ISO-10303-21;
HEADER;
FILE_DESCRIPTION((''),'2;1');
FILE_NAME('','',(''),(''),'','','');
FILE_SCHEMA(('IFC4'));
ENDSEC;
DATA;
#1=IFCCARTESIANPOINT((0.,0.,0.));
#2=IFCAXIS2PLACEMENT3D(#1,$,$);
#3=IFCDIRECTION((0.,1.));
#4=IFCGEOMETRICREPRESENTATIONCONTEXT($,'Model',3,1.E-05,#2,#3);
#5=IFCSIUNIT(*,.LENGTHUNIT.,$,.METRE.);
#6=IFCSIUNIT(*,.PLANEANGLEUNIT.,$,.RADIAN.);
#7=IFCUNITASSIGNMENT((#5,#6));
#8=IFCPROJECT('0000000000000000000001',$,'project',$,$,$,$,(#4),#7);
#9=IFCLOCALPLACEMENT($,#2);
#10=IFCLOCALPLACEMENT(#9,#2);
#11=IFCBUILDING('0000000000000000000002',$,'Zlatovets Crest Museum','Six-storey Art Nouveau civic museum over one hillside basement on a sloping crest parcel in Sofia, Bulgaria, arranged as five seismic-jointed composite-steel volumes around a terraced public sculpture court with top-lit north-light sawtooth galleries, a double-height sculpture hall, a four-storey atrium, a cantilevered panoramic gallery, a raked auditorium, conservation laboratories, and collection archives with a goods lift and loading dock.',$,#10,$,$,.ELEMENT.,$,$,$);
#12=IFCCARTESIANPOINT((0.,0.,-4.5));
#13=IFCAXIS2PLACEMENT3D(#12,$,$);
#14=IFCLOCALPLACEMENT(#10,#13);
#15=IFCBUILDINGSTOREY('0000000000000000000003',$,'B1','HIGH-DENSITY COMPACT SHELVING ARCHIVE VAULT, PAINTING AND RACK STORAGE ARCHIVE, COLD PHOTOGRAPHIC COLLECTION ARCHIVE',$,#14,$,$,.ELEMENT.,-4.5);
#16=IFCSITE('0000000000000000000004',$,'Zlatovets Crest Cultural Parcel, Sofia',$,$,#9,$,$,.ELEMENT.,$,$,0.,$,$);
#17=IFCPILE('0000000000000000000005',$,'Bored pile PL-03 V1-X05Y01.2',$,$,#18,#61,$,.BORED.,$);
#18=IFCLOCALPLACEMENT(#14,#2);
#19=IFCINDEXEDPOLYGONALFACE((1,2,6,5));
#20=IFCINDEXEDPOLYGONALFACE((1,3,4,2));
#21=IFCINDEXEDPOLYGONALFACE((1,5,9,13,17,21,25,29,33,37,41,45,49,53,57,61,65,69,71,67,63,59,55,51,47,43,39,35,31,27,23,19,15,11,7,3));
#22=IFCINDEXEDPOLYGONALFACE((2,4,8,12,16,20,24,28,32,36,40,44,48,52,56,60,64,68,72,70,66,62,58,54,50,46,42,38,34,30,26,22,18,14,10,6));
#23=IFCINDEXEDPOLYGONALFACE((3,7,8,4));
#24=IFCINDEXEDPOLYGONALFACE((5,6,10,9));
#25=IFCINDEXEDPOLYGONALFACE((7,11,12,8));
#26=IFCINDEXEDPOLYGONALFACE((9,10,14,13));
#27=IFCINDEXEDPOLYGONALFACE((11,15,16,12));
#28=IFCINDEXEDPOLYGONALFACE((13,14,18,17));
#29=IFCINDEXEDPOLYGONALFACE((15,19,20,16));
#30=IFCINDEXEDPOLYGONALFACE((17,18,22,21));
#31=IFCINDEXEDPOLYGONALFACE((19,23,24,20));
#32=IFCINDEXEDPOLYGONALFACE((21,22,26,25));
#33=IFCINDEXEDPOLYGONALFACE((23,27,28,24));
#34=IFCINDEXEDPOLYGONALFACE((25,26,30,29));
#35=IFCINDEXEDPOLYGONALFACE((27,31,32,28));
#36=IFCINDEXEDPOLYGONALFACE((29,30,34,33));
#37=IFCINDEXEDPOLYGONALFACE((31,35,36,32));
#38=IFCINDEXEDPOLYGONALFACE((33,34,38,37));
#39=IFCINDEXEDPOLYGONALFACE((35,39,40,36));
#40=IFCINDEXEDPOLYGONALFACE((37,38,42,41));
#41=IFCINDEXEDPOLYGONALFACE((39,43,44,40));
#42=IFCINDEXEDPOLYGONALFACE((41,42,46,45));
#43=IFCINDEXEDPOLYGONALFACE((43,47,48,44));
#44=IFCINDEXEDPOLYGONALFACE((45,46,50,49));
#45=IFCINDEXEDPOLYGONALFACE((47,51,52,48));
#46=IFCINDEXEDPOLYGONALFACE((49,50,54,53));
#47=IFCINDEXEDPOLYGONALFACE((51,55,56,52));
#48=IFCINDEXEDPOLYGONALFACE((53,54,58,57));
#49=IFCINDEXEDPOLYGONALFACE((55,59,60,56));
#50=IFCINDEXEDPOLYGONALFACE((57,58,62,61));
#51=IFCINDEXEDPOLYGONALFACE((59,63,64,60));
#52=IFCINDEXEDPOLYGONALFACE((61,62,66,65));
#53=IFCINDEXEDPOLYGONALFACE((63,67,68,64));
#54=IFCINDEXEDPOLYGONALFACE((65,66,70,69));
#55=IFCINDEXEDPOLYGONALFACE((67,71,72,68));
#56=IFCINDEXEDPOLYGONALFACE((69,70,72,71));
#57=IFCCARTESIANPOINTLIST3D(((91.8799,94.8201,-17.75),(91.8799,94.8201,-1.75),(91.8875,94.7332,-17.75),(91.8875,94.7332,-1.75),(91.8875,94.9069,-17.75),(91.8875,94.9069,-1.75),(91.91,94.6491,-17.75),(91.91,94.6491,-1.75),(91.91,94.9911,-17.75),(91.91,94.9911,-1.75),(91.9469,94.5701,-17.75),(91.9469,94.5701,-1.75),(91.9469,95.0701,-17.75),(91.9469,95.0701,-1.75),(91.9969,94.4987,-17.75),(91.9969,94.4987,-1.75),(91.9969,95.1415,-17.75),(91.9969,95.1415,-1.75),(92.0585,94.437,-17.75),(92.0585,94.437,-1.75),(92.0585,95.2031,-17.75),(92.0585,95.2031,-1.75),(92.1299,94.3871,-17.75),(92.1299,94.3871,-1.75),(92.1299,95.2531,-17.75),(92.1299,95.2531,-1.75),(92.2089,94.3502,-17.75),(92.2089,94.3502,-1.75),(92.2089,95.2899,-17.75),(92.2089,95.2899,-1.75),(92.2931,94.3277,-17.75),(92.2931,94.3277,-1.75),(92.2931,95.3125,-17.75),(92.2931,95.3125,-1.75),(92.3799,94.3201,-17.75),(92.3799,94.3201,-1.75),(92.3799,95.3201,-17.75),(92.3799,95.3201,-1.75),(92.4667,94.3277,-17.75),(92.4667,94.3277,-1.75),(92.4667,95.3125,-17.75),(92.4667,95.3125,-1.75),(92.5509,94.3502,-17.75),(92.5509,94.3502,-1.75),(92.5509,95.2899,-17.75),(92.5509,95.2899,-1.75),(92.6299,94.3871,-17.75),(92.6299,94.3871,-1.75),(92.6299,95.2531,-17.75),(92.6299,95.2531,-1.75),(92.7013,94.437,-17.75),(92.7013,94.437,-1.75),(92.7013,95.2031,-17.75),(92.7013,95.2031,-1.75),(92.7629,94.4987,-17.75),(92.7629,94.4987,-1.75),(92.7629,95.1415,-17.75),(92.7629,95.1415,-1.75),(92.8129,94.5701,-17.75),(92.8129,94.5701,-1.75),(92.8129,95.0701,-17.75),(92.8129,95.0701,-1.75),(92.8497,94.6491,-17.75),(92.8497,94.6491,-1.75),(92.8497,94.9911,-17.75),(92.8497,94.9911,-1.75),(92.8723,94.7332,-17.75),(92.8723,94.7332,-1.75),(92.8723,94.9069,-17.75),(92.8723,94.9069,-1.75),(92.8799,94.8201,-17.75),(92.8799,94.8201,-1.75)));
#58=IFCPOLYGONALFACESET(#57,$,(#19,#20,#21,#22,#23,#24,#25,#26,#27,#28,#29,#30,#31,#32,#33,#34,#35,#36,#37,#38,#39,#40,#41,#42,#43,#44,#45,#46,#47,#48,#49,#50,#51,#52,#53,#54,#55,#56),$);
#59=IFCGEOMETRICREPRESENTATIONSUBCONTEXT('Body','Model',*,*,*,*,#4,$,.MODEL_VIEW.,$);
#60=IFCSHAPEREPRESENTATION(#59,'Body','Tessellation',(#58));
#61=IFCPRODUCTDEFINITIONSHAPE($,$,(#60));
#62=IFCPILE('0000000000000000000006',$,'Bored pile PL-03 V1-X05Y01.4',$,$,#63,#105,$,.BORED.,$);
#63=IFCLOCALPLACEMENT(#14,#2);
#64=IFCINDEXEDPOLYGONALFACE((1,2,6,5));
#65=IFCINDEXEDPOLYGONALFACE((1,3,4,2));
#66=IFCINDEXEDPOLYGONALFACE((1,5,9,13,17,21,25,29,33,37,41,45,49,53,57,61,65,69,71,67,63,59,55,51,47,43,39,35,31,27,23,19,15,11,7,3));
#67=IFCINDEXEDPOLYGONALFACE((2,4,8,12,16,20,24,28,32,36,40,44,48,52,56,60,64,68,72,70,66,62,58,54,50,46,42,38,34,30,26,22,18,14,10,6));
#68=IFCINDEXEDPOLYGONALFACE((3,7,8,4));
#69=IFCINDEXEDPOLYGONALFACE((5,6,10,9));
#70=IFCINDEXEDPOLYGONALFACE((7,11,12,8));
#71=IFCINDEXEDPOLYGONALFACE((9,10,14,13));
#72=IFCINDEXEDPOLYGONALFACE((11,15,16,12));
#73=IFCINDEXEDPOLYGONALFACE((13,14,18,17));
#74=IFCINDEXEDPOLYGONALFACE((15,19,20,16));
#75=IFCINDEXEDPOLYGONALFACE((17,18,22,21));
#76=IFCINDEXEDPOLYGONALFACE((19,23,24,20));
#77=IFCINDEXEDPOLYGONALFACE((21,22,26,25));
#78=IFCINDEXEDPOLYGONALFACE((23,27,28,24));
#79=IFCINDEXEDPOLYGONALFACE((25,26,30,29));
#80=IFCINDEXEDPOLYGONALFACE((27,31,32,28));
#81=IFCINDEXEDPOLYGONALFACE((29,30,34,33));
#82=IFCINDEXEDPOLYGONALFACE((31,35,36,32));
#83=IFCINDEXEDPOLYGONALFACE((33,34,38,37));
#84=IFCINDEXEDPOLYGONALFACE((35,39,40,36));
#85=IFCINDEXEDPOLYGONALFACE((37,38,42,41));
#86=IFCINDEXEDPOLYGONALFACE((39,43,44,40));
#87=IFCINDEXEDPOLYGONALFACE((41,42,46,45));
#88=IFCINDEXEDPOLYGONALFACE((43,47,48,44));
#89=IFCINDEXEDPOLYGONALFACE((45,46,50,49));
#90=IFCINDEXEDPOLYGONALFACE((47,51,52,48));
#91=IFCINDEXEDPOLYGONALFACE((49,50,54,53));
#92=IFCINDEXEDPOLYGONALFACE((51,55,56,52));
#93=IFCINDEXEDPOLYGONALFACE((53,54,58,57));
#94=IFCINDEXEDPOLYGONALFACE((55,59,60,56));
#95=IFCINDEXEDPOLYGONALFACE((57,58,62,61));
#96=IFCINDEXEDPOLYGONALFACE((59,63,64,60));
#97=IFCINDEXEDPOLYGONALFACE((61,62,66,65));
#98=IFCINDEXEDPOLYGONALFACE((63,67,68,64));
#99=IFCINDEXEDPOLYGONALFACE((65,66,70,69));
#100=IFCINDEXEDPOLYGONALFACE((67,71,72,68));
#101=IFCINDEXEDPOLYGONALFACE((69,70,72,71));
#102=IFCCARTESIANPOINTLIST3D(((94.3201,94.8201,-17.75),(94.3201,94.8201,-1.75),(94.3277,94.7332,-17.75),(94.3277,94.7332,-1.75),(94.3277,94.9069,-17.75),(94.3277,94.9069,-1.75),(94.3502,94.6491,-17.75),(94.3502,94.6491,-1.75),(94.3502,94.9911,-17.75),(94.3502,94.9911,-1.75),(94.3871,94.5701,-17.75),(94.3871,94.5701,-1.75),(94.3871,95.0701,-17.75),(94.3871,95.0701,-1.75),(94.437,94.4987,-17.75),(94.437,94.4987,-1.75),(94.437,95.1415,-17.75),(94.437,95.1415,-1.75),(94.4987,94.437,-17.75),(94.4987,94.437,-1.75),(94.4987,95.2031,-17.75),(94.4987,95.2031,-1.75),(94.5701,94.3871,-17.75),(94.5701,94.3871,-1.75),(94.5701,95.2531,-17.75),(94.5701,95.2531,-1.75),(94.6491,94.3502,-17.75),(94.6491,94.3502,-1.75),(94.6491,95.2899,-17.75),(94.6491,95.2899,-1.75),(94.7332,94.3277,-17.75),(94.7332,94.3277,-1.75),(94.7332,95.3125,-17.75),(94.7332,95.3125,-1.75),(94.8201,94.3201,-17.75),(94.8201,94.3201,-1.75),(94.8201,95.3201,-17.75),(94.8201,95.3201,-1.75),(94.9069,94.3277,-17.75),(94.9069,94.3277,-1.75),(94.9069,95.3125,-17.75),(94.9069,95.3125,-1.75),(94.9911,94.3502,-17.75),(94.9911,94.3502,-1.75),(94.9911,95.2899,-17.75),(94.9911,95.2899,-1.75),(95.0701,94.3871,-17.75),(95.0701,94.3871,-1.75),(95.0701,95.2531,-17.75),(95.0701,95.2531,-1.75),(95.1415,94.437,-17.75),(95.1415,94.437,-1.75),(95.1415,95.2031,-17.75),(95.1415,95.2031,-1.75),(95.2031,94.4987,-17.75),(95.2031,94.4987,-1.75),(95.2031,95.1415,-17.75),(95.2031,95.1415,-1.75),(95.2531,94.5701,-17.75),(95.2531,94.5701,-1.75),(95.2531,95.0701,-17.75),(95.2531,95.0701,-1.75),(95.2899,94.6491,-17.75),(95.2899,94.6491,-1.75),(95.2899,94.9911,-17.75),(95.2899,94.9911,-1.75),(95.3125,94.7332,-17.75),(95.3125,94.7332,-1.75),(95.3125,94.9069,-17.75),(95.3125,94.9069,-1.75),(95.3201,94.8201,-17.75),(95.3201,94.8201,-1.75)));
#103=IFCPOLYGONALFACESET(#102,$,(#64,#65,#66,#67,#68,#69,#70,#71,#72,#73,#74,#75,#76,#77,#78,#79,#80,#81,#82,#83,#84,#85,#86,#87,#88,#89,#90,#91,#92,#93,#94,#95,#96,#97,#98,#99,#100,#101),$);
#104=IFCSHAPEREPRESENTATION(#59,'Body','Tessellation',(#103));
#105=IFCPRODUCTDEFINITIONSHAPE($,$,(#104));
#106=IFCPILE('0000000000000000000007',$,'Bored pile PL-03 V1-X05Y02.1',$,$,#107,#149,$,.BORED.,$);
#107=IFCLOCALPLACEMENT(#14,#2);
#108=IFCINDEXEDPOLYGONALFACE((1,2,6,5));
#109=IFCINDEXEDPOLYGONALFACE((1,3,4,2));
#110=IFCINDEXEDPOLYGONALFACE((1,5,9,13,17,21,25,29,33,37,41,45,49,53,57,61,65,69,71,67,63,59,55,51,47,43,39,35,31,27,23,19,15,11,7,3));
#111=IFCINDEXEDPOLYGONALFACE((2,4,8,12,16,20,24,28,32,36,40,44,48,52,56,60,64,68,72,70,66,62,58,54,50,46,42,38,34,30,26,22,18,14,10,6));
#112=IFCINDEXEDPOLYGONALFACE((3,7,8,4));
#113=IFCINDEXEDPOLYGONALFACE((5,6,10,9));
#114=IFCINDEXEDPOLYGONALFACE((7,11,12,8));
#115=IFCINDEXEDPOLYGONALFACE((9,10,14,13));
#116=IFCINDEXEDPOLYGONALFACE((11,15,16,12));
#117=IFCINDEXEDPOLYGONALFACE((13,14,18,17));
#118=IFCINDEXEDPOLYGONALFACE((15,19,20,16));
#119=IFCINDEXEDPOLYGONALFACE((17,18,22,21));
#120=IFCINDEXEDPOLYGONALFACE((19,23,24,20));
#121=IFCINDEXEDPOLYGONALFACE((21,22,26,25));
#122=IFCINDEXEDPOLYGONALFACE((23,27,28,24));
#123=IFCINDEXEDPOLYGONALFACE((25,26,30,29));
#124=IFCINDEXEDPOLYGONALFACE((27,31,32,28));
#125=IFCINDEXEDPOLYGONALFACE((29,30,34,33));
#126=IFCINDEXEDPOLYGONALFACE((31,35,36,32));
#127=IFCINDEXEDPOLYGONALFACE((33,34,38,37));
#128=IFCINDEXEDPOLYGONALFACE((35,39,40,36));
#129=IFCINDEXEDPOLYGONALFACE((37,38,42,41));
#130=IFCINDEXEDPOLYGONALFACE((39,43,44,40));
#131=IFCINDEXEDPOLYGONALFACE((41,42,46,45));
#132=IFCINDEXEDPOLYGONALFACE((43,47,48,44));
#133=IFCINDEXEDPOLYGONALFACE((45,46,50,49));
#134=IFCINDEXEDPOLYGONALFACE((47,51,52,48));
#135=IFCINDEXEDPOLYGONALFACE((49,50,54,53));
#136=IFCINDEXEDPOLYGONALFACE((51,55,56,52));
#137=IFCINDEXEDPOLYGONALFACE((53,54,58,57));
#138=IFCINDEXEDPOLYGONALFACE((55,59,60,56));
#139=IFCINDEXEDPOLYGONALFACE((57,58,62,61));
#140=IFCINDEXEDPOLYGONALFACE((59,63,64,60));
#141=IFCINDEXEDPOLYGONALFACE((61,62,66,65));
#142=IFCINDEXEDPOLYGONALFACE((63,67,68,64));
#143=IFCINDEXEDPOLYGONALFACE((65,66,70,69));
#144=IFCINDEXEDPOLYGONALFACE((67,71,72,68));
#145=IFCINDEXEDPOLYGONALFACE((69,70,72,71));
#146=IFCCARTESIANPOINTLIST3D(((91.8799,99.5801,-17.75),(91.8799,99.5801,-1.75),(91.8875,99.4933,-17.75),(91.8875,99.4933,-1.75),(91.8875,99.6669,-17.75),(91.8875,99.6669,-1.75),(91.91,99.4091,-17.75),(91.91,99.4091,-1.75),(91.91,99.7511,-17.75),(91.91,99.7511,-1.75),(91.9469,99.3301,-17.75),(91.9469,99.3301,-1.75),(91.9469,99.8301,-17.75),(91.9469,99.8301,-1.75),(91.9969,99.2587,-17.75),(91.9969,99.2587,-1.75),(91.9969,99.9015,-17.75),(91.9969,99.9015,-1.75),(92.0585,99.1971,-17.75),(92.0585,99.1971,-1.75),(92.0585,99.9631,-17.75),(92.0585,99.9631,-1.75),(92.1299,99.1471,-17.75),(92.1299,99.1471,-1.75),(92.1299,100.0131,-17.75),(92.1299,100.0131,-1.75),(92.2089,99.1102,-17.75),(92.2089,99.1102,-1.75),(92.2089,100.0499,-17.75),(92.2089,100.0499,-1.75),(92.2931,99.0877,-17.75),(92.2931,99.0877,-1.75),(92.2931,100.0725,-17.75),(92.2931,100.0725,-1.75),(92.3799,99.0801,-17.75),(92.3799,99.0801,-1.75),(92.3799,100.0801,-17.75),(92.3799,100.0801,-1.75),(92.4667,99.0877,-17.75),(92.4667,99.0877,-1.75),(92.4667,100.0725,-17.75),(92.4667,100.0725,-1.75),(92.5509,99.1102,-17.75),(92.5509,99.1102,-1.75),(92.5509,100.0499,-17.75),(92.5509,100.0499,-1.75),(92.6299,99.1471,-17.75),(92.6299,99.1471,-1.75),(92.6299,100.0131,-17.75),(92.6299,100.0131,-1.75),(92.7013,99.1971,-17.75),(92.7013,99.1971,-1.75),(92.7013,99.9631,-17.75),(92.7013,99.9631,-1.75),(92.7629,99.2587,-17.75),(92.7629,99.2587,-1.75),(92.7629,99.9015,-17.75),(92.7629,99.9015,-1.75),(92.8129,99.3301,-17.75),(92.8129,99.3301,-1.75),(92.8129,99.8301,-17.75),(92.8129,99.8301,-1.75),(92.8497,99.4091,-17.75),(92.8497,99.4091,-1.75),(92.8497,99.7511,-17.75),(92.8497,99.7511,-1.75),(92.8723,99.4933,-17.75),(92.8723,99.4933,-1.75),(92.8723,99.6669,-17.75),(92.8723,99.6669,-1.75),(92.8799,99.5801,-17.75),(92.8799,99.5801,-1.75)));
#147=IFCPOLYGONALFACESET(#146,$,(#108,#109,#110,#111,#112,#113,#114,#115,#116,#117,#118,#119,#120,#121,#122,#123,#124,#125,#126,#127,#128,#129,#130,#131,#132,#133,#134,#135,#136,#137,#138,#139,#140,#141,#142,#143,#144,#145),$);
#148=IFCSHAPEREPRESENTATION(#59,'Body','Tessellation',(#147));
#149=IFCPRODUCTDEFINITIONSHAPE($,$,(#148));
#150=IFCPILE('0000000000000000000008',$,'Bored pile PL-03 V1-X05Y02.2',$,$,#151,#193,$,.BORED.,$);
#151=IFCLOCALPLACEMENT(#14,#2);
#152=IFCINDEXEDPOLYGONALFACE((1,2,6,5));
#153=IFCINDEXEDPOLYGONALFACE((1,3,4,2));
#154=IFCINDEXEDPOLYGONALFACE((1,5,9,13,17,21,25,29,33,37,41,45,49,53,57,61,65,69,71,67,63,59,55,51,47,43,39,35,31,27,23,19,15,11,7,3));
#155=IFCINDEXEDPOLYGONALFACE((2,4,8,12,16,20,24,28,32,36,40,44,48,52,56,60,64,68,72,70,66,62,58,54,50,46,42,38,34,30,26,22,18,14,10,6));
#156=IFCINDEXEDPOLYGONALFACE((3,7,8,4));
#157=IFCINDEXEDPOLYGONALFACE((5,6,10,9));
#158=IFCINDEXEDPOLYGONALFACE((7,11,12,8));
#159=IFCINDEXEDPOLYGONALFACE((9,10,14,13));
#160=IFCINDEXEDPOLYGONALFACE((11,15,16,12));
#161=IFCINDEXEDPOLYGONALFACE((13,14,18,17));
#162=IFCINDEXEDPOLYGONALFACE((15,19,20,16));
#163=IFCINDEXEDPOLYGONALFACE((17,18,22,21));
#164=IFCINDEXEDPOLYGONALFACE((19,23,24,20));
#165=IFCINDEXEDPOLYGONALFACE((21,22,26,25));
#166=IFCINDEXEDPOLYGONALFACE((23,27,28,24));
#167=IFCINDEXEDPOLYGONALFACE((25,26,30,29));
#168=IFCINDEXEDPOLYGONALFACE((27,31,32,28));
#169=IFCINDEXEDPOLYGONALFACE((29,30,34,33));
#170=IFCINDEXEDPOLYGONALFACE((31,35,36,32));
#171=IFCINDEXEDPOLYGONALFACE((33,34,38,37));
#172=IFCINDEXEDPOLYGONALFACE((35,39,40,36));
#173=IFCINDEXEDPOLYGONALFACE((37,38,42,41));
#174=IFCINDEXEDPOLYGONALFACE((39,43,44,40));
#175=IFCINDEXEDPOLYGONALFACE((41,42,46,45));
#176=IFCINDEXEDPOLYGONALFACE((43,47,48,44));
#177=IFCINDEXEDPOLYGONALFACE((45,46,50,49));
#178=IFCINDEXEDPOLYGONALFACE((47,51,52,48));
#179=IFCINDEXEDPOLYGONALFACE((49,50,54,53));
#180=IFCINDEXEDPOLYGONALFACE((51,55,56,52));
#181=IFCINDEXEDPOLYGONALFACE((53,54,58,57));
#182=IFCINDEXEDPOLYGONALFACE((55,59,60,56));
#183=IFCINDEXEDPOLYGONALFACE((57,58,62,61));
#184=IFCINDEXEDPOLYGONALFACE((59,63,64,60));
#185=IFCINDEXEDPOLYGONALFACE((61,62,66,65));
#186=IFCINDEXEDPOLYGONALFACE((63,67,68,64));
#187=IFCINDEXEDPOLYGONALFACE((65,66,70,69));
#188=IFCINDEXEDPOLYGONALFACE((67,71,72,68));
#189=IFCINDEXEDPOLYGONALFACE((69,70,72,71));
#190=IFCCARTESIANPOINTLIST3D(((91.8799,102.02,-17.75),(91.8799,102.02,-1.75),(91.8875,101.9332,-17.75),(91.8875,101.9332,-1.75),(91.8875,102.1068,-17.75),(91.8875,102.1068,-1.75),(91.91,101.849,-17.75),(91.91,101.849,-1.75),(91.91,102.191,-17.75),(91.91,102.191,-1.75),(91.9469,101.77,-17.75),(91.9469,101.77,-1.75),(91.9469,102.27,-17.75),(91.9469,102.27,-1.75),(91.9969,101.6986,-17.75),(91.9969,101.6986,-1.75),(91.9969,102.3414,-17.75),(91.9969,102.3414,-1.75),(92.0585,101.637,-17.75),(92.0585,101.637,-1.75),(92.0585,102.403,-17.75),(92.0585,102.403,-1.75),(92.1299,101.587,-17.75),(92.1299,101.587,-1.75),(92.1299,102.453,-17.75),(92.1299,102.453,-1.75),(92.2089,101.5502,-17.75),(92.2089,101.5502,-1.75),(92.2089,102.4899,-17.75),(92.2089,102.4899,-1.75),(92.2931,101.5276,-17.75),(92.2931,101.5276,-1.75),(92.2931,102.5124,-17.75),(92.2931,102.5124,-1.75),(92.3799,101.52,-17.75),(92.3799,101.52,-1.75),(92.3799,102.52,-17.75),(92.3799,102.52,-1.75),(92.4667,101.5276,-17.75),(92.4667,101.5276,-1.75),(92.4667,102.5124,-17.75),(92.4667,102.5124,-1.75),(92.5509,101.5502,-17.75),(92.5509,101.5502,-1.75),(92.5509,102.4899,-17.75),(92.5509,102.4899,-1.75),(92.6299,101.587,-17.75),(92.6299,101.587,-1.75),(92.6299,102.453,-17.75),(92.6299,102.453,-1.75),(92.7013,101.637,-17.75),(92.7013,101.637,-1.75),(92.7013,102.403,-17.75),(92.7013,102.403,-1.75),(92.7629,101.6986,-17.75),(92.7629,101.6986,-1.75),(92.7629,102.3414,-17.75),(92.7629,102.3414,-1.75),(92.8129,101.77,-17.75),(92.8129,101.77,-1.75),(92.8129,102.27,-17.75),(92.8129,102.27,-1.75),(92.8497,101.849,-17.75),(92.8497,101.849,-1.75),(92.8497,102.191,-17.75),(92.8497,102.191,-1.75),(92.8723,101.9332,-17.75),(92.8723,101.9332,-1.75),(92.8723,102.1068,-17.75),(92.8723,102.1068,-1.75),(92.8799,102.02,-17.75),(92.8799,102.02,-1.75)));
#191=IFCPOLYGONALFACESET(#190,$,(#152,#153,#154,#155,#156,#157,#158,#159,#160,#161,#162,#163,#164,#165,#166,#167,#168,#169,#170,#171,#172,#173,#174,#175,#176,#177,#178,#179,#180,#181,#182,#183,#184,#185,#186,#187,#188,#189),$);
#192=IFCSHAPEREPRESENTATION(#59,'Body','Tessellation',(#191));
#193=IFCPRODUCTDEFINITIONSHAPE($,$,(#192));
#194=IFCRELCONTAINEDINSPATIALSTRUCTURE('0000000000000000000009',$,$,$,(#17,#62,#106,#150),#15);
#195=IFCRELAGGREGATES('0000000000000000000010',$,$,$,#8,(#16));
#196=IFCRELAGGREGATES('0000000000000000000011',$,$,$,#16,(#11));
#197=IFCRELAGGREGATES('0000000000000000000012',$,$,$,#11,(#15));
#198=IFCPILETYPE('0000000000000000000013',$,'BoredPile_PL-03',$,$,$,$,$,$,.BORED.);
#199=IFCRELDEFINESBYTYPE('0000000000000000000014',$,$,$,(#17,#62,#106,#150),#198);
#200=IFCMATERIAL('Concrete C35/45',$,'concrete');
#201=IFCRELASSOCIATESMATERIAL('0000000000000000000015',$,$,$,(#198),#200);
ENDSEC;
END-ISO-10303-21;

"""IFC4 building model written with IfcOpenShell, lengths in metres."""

from ifc_helpers import new_model, si_unit, direction, frame, origin, origin_2d, place, context, subcontext, project, spatial, circle, extrude, material, material_profile, profile_set, type_object, element, save


model = new_model("IFC4")

# Units and contexts
model_context = context("Model", 3, precision=1e-05, world=origin(), true_north=direction((0.0, 1.0)))
body_context = subcontext(model_context, "Body", "Model", "MODEL_VIEW")
ifc_project = project(units=[si_unit("LENGTHUNIT", "METRE"), si_unit("PLANEANGLEUNIT", "RADIAN")], contexts=[model_context])

# Site, building, storey
site_placement = place(None, origin())
site = spatial("IfcSite", under=ifc_project, at=site_placement, Name="Zlatovets Crest Cultural Parcel, Sofia", CompositionType="ELEMENT", RefElevation=0.0)
building_placement = place(site_placement, origin())
building = spatial("IfcBuilding", under=site, at=building_placement, Name="Zlatovets Crest Museum", Description="Six-storey Art Nouveau civic museum over one hillside basement on a sloping crest parcel in Sofia, Bulgaria, arranged as five seismic-jointed composite-steel volumes around a terraced public sculpture court with top-lit north-light sawtooth galleries, a double-height sculpture hall, a four-storey atrium, a cantilevered panoramic gallery, a raked auditorium, conservation laboratories, and collection archives with a goods lift and loading dock.", CompositionType="ELEMENT")
storey_placement = place(building_placement, frame((0.0, 0.0, -4.5)))
storey = spatial("IfcBuildingStorey", under=building, at=storey_placement, Name="B1", Description="HIGH-DENSITY COMPACT SHELVING ARCHIVE VAULT, PAINTING AND RACK STORAGE ARCHIVE, COLD PHOTOGRAPHIC COLLECTION ARCHIVE", CompositionType="ELEMENT", Elevation=-4.5)

# Piles
ifc_material_1 = material(Name="Concrete C35/45", Category="concrete")
ifc_material_profile_1 = material_profile(ifc_material_1, circle(Radius=0.5, at=origin_2d()), Name="PILE D1000")
ifc_profile_set_1 = profile_set([ifc_material_profile_1], Name="Concrete C35/45")
pile_type = type_object("IfcPileType", Name="BoredPile_PL-03", PredefinedType="BORED", material=ifc_profile_set_1)
for number, where, z_axis, x_axis, name in (
    (1, (92.3799, 94.8201, -1.75), (0.0, 0.0, -1.0), (1.0, 0.0, 0.0), "Bored pile PL-03 V1-X05Y01.2"),
    (2, (94.8201, 94.8201, -1.75), (0.0, 0.0, -1.0), (1.0, 0.0, 0.0), "Bored pile PL-03 V1-X05Y01.4"),
    (3, (92.3799, 99.5801, -1.75), (0.0, 0.0, -1.0), (1.0, 0.0, 0.0), "Bored pile PL-03 V1-X05Y02.1"),
    (4, (92.3799, 102.02, -1.75), (0.0, 0.0, -1.0), (1.0, 0.0, 0.0), "Bored pile PL-03 V1-X05Y02.2"),
):
    element("IfcPile", number, at=place(storey_placement, frame(where, z_axis=z_axis, x_axis=x_axis)), inside=storey, type_object=pile_type, Name=name, PredefinedType="BORED", context=body_context, shape_type="SweptSolid", body=[
        extrude(circle(Radius=0.5, at=origin_2d()), origin(), (0.0, 0.0, 1.0), 16.0),
    ])

save(model, "model.ifc")
